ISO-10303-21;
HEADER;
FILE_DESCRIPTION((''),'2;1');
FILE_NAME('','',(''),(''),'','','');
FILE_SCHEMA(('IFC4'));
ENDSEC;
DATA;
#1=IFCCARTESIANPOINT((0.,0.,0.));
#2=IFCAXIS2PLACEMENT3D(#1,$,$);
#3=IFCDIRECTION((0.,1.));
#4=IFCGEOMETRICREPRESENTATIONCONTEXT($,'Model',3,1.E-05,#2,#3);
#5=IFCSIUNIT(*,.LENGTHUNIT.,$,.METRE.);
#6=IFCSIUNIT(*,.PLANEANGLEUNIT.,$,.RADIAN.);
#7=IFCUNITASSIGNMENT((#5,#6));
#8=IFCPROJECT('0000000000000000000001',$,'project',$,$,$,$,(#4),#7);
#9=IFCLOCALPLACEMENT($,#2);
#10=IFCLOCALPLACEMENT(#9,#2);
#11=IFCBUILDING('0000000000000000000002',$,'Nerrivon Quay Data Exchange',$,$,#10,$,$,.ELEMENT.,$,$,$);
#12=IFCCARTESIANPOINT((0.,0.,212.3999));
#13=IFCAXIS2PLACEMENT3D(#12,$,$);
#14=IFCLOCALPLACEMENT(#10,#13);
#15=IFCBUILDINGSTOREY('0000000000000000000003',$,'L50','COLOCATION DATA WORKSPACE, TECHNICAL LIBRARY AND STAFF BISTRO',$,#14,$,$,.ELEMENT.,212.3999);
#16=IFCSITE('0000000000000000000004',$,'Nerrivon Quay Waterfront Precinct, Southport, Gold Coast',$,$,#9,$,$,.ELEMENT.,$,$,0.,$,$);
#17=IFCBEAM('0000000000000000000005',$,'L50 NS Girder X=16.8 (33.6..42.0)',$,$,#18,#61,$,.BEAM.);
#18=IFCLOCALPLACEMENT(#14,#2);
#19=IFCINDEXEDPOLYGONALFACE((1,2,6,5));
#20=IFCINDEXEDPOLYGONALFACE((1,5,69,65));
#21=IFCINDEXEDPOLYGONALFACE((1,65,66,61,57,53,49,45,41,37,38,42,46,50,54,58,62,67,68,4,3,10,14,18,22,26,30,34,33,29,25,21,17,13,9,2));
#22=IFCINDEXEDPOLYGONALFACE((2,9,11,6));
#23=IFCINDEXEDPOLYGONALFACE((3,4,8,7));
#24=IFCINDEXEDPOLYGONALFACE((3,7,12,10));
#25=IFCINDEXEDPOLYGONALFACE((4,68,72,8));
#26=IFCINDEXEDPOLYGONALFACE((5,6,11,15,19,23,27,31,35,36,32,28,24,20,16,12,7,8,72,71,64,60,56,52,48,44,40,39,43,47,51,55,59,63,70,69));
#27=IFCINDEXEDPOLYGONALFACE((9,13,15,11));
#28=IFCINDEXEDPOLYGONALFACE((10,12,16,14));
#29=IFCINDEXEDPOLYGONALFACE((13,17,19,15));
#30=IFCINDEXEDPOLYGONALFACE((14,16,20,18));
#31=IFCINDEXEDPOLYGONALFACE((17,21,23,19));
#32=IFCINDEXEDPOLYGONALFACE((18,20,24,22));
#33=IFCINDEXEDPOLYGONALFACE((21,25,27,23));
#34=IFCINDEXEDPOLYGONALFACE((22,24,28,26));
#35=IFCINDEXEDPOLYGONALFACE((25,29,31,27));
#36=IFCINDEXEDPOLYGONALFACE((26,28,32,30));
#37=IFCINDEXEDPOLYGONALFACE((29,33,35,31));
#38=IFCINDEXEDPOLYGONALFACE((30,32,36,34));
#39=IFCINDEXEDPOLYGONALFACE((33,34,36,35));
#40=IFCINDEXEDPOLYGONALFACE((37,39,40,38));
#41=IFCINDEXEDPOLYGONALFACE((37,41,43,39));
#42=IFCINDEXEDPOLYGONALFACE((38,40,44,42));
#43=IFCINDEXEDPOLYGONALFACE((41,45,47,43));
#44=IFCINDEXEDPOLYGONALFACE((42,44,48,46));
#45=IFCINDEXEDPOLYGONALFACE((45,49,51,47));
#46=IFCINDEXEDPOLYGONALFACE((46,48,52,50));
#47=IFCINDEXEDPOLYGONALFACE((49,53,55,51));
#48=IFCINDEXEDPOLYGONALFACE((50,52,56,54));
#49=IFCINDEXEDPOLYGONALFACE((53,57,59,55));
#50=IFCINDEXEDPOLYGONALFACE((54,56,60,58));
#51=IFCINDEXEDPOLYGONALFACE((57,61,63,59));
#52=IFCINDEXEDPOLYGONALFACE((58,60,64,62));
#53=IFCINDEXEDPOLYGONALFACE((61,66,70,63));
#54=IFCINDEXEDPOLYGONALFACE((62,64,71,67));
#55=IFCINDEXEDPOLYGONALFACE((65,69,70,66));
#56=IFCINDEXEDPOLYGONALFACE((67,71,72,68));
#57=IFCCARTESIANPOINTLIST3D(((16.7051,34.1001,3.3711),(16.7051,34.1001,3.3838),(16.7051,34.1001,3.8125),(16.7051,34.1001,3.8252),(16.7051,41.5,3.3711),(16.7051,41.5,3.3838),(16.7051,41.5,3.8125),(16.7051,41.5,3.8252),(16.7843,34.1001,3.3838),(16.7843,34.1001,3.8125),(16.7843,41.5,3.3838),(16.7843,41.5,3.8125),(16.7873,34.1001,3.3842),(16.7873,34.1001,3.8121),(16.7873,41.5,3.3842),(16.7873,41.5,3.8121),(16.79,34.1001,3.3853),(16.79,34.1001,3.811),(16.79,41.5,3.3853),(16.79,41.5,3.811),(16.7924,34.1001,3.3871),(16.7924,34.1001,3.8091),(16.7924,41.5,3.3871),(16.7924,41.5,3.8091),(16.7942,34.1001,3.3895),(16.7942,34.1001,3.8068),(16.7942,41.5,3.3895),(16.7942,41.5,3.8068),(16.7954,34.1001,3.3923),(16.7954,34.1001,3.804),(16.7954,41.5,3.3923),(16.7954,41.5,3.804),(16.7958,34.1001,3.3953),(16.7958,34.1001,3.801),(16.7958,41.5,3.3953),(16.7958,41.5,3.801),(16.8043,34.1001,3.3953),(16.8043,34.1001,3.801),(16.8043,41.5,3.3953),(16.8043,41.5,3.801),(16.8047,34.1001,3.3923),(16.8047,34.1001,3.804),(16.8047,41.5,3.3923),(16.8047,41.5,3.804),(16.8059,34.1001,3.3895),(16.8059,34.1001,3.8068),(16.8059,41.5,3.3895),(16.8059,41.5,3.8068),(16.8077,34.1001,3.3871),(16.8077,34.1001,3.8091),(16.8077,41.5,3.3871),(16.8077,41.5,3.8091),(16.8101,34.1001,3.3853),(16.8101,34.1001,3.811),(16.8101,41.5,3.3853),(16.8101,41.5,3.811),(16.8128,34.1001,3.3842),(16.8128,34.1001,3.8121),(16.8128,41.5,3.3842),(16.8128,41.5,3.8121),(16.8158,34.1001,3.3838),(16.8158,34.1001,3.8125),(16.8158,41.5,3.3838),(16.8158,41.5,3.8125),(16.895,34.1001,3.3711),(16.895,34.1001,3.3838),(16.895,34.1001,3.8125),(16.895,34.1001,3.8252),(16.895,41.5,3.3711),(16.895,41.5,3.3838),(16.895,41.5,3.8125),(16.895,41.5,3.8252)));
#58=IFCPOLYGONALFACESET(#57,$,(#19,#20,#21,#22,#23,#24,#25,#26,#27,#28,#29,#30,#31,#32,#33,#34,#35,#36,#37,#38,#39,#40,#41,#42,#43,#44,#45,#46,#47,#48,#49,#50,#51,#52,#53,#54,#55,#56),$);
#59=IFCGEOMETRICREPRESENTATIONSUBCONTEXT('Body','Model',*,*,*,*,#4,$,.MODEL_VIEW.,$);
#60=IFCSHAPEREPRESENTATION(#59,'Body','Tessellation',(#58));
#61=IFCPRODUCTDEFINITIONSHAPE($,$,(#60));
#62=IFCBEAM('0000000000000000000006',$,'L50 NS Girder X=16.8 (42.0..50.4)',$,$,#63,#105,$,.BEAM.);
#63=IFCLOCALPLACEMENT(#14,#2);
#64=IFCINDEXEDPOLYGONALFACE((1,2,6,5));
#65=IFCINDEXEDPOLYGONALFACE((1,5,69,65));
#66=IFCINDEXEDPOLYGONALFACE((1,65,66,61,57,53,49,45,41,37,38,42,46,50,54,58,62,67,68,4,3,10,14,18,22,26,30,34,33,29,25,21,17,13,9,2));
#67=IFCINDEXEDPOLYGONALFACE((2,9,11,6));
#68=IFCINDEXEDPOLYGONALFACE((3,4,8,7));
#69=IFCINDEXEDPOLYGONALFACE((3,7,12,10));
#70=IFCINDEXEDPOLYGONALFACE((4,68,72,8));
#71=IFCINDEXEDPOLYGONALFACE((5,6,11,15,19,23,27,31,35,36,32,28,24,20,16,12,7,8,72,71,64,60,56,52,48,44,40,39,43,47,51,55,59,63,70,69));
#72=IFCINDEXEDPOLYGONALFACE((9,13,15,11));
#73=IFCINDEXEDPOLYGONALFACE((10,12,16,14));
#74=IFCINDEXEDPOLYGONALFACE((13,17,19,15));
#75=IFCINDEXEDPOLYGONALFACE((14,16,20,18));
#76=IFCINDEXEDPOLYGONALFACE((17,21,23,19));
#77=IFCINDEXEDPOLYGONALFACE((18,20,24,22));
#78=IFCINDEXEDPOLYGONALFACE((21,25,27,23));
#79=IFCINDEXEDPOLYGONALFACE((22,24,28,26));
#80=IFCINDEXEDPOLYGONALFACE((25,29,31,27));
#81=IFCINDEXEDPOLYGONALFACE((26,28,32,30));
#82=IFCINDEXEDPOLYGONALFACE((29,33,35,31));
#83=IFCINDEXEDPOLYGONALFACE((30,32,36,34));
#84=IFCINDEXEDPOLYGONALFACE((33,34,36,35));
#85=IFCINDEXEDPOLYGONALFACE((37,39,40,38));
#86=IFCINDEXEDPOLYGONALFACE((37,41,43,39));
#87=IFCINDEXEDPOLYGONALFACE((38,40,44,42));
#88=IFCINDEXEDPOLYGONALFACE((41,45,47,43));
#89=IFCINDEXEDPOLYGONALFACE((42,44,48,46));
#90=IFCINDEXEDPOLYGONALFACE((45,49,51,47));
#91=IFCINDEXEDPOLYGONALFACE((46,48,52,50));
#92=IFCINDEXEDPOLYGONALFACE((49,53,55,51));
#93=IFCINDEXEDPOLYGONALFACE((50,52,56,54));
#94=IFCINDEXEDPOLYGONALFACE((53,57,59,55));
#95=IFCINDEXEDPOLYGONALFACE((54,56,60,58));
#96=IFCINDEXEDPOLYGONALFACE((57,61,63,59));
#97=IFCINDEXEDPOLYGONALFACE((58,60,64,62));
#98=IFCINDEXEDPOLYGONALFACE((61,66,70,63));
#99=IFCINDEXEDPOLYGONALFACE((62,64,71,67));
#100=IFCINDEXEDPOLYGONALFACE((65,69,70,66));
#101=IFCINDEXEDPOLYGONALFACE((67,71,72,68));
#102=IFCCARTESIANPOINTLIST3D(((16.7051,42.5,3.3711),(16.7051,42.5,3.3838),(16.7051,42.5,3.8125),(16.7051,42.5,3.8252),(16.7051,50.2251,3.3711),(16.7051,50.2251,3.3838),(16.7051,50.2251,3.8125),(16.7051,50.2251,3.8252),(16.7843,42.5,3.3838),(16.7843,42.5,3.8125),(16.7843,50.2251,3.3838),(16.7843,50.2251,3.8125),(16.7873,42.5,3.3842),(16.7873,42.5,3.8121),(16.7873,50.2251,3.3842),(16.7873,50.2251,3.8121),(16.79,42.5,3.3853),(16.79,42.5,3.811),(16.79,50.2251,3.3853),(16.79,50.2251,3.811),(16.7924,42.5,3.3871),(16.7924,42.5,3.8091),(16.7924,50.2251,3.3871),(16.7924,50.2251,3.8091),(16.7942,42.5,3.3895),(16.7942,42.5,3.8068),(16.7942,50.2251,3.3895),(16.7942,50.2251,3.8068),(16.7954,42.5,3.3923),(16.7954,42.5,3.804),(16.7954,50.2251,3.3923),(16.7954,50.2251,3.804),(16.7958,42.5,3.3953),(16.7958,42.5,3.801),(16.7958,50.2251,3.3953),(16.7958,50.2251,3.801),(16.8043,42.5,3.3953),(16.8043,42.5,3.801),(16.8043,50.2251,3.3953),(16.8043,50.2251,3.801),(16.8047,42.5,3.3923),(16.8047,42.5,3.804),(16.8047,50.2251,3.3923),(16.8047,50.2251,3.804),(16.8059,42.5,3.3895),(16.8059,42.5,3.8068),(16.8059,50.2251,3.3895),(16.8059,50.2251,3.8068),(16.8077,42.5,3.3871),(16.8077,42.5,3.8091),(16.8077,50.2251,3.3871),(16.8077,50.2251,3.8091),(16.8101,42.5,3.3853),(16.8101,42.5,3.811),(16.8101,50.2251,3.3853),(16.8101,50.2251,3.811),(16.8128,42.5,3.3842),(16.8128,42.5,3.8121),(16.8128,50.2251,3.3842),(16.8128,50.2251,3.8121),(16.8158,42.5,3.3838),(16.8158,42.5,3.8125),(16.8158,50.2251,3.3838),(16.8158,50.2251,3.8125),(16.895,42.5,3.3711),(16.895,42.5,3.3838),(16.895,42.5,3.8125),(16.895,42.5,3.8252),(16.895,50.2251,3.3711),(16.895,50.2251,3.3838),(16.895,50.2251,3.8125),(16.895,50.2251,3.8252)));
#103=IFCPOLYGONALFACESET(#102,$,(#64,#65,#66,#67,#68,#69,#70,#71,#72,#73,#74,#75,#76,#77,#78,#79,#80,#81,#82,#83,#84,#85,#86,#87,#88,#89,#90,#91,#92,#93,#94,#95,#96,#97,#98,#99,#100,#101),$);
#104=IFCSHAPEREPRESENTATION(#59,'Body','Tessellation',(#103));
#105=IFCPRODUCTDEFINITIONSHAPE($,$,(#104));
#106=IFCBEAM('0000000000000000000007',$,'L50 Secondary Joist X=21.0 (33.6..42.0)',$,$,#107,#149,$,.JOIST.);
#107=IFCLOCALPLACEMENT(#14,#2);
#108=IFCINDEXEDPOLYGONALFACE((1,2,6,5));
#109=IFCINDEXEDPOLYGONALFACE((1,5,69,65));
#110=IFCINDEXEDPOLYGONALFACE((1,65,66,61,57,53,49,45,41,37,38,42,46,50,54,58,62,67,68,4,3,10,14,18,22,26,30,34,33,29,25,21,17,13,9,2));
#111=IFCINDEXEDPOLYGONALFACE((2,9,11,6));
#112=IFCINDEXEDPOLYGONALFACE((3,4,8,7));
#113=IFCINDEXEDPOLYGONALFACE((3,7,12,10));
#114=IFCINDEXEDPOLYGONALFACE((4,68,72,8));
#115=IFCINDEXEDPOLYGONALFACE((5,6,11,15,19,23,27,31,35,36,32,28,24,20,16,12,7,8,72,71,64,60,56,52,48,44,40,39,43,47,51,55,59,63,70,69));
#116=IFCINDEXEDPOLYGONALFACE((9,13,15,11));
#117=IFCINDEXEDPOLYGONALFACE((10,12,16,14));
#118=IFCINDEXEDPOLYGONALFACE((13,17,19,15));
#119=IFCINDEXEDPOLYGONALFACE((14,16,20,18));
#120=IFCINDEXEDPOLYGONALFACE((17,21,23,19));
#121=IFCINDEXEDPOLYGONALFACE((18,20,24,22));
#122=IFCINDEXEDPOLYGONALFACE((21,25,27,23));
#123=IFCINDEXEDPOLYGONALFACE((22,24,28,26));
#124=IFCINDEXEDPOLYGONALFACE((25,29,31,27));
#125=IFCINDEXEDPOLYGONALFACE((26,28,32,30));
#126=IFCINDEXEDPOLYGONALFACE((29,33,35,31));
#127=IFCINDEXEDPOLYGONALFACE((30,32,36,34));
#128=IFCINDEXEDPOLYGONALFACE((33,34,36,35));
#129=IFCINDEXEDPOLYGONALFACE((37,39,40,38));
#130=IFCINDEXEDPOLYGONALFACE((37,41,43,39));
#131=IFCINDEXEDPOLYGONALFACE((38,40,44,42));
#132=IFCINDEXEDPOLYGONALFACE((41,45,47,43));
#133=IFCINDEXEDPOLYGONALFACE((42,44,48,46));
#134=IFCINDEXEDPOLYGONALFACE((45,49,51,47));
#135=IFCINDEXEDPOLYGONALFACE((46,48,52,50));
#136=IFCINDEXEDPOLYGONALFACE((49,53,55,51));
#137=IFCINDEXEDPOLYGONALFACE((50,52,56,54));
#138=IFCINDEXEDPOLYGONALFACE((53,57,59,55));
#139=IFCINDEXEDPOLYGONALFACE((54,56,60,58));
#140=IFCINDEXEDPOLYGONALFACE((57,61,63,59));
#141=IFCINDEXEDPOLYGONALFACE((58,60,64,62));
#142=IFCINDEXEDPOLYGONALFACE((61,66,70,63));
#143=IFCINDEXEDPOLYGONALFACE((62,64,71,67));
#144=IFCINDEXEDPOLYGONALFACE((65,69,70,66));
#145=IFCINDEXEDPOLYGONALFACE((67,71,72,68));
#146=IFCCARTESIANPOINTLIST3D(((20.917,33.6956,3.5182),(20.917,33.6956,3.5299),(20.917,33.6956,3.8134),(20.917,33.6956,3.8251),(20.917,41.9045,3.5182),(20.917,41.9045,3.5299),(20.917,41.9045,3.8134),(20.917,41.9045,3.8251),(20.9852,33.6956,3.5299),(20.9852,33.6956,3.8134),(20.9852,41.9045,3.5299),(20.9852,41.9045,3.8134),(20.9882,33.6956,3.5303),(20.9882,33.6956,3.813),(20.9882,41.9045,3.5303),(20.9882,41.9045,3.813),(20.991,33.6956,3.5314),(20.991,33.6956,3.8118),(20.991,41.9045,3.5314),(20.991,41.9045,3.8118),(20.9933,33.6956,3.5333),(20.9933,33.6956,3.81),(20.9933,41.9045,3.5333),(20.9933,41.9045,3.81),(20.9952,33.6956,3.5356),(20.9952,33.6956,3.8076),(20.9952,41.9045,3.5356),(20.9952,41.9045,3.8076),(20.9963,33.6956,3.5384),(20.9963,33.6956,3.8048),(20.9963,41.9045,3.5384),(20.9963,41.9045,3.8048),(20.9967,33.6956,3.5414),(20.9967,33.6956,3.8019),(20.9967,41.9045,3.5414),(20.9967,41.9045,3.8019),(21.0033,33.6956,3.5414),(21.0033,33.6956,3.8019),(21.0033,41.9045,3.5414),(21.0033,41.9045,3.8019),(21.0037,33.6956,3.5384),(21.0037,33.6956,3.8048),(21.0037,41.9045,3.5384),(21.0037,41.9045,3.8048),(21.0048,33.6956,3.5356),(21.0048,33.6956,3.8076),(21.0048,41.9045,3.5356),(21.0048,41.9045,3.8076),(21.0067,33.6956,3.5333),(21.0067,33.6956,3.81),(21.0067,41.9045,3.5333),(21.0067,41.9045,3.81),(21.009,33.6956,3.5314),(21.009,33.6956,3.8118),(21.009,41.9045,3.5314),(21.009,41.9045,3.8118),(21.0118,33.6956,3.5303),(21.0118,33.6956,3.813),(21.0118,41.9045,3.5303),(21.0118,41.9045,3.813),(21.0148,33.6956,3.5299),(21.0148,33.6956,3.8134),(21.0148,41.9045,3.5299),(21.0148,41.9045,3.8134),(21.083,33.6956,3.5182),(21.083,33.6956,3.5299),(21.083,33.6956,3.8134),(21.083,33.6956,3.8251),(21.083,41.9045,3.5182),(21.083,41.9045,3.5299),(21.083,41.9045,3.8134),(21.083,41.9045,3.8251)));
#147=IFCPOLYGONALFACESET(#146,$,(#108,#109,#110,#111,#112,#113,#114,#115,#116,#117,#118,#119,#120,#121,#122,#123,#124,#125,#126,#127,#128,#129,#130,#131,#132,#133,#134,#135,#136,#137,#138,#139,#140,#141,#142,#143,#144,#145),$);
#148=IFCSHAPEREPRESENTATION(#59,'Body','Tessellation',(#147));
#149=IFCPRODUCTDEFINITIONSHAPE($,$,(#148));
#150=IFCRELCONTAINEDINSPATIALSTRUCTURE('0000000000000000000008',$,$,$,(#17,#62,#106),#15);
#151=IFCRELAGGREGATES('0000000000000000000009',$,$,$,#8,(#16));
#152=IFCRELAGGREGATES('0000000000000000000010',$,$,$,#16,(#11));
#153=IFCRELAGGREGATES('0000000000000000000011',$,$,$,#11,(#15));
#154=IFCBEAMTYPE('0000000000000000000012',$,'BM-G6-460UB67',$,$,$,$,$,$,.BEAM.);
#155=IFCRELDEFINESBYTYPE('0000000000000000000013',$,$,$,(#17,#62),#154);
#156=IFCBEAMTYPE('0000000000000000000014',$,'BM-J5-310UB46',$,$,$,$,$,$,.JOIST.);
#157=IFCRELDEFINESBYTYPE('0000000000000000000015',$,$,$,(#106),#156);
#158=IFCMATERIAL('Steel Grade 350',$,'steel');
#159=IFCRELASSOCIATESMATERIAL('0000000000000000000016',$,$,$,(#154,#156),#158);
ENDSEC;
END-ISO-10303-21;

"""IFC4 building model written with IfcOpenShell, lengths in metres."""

from ifc_helpers import new_model, si_unit, direction, frame, origin, origin_2d, place, context, subcontext, project, spatial, i_section, extrude, material, material_profile, profile_set, type_object, element, save


model = new_model("IFC4")

# Units and contexts
model_context = context("Model", 3, precision=1e-05, world=origin(), true_north=direction((0.0, 1.0)))
body_context = subcontext(model_context, "Body", "Model", "MODEL_VIEW")
ifc_project = project(units=[si_unit("LENGTHUNIT", "METRE"), si_unit("PLANEANGLEUNIT", "RADIAN")], contexts=[model_context])

# Site, building, storey
site_placement = place(None, origin())
site = spatial("IfcSite", under=ifc_project, at=site_placement, Name="Nerrivon Quay Waterfront Precinct, Southport, Gold Coast", CompositionType="ELEMENT", RefElevation=0.0)
building_placement = place(site_placement, origin())
building = spatial("IfcBuilding", under=site, at=building_placement, Name="Nerrivon Quay Data Exchange", CompositionType="ELEMENT")
storey_placement = place(building_placement, frame((0.0, 0.0, 212.3999)))
storey = spatial("IfcBuildingStorey", under=building, at=storey_placement, Name="L50", Description="COLOCATION DATA WORKSPACE, TECHNICAL LIBRARY AND STAFF BISTRO", CompositionType="ELEMENT", Elevation=212.3999)

# Shared definitions
ifc_material_1 = material(Name="Steel Grade 350", Category="steel")

# Beams
ifc_material_profile_1 = material_profile(ifc_material_1, i_section(OverallWidth=0.1899, OverallDepth=0.4541, WebThickness=0.0085, FlangeThickness=0.0127, FilletRadius=0.0115, at=origin_2d()), Name="460UB67.1")
ifc_profile_set_1 = profile_set([ifc_material_profile_1], Name="Steel Grade 350")
beam_type_1 = type_object("IfcBeamType", Name="BM-G6-460UB67", PredefinedType="BEAM", material=ifc_profile_set_1)
beam_1_placement = place(storey_placement, frame((16.8, 34.1001, 3.5981), z_axis=(0.0, 1.0, 0.0), x_axis=(-1.0, 0.0, 0.0)))
element("IfcBeam", 1, at=beam_1_placement, inside=storey, type_object=beam_type_1, Name="L50 NS Girder X=16.8 (33.6..42.0)", PredefinedType="BEAM", context=body_context, shape_type="SweptSolid", body=[
    extrude(i_section(OverallWidth=0.1899, OverallDepth=0.4541, WebThickness=0.0085, FlangeThickness=0.0127, FilletRadius=0.0115, at=origin_2d()), origin(), (0.0, 0.0, 1.0), 7.3999),
])
beam_2_placement = place(storey_placement, frame((16.8, 42.5, 3.5981), z_axis=(0.0, 1.0, 0.0), x_axis=(-1.0, 0.0, 0.0)))
element("IfcBeam", 2, at=beam_2_placement, inside=storey, type_object=beam_type_1, Name="L50 NS Girder X=16.8 (42.0..50.4)", PredefinedType="BEAM", context=body_context, shape_type="SweptSolid", body=[
    extrude(i_section(OverallWidth=0.1899, OverallDepth=0.4541, WebThickness=0.0085, FlangeThickness=0.0127, FilletRadius=0.0115, at=origin_2d()), origin(), (0.0, 0.0, 1.0), 7.7251),
])
ifc_material_profile_2 = material_profile(ifc_material_1, i_section(OverallWidth=0.166, OverallDepth=0.3069, WebThickness=0.0066, FlangeThickness=0.0117, FilletRadius=0.0115, at=origin_2d()), Name="310UB46.2")
ifc_profile_set_2 = profile_set([ifc_material_profile_2], Name="Steel Grade 350")
beam_type_2 = type_object("IfcBeamType", Name="BM-J5-310UB46", PredefinedType="JOIST", material=ifc_profile_set_2)
beam_3_placement = place(storey_placement, frame((21.0, 33.6956, 3.6716), z_axis=(0.0, 1.0, 0.0), x_axis=(-1.0, 0.0, 0.0)))
element("IfcBeam", 3, at=beam_3_placement, inside=storey, type_object=beam_type_2, Name="L50 Secondary Joist X=21.0 (33.6..42.0)", PredefinedType="JOIST", context=body_context, shape_type="SweptSolid", body=[
    extrude(i_section(OverallWidth=0.166, OverallDepth=0.3069, WebThickness=0.0066, FlangeThickness=0.0117, FilletRadius=0.0115, at=origin_2d()), origin(), (0.0, 0.0, 1.0), 8.209),
])

save(model, "model.ifc")
